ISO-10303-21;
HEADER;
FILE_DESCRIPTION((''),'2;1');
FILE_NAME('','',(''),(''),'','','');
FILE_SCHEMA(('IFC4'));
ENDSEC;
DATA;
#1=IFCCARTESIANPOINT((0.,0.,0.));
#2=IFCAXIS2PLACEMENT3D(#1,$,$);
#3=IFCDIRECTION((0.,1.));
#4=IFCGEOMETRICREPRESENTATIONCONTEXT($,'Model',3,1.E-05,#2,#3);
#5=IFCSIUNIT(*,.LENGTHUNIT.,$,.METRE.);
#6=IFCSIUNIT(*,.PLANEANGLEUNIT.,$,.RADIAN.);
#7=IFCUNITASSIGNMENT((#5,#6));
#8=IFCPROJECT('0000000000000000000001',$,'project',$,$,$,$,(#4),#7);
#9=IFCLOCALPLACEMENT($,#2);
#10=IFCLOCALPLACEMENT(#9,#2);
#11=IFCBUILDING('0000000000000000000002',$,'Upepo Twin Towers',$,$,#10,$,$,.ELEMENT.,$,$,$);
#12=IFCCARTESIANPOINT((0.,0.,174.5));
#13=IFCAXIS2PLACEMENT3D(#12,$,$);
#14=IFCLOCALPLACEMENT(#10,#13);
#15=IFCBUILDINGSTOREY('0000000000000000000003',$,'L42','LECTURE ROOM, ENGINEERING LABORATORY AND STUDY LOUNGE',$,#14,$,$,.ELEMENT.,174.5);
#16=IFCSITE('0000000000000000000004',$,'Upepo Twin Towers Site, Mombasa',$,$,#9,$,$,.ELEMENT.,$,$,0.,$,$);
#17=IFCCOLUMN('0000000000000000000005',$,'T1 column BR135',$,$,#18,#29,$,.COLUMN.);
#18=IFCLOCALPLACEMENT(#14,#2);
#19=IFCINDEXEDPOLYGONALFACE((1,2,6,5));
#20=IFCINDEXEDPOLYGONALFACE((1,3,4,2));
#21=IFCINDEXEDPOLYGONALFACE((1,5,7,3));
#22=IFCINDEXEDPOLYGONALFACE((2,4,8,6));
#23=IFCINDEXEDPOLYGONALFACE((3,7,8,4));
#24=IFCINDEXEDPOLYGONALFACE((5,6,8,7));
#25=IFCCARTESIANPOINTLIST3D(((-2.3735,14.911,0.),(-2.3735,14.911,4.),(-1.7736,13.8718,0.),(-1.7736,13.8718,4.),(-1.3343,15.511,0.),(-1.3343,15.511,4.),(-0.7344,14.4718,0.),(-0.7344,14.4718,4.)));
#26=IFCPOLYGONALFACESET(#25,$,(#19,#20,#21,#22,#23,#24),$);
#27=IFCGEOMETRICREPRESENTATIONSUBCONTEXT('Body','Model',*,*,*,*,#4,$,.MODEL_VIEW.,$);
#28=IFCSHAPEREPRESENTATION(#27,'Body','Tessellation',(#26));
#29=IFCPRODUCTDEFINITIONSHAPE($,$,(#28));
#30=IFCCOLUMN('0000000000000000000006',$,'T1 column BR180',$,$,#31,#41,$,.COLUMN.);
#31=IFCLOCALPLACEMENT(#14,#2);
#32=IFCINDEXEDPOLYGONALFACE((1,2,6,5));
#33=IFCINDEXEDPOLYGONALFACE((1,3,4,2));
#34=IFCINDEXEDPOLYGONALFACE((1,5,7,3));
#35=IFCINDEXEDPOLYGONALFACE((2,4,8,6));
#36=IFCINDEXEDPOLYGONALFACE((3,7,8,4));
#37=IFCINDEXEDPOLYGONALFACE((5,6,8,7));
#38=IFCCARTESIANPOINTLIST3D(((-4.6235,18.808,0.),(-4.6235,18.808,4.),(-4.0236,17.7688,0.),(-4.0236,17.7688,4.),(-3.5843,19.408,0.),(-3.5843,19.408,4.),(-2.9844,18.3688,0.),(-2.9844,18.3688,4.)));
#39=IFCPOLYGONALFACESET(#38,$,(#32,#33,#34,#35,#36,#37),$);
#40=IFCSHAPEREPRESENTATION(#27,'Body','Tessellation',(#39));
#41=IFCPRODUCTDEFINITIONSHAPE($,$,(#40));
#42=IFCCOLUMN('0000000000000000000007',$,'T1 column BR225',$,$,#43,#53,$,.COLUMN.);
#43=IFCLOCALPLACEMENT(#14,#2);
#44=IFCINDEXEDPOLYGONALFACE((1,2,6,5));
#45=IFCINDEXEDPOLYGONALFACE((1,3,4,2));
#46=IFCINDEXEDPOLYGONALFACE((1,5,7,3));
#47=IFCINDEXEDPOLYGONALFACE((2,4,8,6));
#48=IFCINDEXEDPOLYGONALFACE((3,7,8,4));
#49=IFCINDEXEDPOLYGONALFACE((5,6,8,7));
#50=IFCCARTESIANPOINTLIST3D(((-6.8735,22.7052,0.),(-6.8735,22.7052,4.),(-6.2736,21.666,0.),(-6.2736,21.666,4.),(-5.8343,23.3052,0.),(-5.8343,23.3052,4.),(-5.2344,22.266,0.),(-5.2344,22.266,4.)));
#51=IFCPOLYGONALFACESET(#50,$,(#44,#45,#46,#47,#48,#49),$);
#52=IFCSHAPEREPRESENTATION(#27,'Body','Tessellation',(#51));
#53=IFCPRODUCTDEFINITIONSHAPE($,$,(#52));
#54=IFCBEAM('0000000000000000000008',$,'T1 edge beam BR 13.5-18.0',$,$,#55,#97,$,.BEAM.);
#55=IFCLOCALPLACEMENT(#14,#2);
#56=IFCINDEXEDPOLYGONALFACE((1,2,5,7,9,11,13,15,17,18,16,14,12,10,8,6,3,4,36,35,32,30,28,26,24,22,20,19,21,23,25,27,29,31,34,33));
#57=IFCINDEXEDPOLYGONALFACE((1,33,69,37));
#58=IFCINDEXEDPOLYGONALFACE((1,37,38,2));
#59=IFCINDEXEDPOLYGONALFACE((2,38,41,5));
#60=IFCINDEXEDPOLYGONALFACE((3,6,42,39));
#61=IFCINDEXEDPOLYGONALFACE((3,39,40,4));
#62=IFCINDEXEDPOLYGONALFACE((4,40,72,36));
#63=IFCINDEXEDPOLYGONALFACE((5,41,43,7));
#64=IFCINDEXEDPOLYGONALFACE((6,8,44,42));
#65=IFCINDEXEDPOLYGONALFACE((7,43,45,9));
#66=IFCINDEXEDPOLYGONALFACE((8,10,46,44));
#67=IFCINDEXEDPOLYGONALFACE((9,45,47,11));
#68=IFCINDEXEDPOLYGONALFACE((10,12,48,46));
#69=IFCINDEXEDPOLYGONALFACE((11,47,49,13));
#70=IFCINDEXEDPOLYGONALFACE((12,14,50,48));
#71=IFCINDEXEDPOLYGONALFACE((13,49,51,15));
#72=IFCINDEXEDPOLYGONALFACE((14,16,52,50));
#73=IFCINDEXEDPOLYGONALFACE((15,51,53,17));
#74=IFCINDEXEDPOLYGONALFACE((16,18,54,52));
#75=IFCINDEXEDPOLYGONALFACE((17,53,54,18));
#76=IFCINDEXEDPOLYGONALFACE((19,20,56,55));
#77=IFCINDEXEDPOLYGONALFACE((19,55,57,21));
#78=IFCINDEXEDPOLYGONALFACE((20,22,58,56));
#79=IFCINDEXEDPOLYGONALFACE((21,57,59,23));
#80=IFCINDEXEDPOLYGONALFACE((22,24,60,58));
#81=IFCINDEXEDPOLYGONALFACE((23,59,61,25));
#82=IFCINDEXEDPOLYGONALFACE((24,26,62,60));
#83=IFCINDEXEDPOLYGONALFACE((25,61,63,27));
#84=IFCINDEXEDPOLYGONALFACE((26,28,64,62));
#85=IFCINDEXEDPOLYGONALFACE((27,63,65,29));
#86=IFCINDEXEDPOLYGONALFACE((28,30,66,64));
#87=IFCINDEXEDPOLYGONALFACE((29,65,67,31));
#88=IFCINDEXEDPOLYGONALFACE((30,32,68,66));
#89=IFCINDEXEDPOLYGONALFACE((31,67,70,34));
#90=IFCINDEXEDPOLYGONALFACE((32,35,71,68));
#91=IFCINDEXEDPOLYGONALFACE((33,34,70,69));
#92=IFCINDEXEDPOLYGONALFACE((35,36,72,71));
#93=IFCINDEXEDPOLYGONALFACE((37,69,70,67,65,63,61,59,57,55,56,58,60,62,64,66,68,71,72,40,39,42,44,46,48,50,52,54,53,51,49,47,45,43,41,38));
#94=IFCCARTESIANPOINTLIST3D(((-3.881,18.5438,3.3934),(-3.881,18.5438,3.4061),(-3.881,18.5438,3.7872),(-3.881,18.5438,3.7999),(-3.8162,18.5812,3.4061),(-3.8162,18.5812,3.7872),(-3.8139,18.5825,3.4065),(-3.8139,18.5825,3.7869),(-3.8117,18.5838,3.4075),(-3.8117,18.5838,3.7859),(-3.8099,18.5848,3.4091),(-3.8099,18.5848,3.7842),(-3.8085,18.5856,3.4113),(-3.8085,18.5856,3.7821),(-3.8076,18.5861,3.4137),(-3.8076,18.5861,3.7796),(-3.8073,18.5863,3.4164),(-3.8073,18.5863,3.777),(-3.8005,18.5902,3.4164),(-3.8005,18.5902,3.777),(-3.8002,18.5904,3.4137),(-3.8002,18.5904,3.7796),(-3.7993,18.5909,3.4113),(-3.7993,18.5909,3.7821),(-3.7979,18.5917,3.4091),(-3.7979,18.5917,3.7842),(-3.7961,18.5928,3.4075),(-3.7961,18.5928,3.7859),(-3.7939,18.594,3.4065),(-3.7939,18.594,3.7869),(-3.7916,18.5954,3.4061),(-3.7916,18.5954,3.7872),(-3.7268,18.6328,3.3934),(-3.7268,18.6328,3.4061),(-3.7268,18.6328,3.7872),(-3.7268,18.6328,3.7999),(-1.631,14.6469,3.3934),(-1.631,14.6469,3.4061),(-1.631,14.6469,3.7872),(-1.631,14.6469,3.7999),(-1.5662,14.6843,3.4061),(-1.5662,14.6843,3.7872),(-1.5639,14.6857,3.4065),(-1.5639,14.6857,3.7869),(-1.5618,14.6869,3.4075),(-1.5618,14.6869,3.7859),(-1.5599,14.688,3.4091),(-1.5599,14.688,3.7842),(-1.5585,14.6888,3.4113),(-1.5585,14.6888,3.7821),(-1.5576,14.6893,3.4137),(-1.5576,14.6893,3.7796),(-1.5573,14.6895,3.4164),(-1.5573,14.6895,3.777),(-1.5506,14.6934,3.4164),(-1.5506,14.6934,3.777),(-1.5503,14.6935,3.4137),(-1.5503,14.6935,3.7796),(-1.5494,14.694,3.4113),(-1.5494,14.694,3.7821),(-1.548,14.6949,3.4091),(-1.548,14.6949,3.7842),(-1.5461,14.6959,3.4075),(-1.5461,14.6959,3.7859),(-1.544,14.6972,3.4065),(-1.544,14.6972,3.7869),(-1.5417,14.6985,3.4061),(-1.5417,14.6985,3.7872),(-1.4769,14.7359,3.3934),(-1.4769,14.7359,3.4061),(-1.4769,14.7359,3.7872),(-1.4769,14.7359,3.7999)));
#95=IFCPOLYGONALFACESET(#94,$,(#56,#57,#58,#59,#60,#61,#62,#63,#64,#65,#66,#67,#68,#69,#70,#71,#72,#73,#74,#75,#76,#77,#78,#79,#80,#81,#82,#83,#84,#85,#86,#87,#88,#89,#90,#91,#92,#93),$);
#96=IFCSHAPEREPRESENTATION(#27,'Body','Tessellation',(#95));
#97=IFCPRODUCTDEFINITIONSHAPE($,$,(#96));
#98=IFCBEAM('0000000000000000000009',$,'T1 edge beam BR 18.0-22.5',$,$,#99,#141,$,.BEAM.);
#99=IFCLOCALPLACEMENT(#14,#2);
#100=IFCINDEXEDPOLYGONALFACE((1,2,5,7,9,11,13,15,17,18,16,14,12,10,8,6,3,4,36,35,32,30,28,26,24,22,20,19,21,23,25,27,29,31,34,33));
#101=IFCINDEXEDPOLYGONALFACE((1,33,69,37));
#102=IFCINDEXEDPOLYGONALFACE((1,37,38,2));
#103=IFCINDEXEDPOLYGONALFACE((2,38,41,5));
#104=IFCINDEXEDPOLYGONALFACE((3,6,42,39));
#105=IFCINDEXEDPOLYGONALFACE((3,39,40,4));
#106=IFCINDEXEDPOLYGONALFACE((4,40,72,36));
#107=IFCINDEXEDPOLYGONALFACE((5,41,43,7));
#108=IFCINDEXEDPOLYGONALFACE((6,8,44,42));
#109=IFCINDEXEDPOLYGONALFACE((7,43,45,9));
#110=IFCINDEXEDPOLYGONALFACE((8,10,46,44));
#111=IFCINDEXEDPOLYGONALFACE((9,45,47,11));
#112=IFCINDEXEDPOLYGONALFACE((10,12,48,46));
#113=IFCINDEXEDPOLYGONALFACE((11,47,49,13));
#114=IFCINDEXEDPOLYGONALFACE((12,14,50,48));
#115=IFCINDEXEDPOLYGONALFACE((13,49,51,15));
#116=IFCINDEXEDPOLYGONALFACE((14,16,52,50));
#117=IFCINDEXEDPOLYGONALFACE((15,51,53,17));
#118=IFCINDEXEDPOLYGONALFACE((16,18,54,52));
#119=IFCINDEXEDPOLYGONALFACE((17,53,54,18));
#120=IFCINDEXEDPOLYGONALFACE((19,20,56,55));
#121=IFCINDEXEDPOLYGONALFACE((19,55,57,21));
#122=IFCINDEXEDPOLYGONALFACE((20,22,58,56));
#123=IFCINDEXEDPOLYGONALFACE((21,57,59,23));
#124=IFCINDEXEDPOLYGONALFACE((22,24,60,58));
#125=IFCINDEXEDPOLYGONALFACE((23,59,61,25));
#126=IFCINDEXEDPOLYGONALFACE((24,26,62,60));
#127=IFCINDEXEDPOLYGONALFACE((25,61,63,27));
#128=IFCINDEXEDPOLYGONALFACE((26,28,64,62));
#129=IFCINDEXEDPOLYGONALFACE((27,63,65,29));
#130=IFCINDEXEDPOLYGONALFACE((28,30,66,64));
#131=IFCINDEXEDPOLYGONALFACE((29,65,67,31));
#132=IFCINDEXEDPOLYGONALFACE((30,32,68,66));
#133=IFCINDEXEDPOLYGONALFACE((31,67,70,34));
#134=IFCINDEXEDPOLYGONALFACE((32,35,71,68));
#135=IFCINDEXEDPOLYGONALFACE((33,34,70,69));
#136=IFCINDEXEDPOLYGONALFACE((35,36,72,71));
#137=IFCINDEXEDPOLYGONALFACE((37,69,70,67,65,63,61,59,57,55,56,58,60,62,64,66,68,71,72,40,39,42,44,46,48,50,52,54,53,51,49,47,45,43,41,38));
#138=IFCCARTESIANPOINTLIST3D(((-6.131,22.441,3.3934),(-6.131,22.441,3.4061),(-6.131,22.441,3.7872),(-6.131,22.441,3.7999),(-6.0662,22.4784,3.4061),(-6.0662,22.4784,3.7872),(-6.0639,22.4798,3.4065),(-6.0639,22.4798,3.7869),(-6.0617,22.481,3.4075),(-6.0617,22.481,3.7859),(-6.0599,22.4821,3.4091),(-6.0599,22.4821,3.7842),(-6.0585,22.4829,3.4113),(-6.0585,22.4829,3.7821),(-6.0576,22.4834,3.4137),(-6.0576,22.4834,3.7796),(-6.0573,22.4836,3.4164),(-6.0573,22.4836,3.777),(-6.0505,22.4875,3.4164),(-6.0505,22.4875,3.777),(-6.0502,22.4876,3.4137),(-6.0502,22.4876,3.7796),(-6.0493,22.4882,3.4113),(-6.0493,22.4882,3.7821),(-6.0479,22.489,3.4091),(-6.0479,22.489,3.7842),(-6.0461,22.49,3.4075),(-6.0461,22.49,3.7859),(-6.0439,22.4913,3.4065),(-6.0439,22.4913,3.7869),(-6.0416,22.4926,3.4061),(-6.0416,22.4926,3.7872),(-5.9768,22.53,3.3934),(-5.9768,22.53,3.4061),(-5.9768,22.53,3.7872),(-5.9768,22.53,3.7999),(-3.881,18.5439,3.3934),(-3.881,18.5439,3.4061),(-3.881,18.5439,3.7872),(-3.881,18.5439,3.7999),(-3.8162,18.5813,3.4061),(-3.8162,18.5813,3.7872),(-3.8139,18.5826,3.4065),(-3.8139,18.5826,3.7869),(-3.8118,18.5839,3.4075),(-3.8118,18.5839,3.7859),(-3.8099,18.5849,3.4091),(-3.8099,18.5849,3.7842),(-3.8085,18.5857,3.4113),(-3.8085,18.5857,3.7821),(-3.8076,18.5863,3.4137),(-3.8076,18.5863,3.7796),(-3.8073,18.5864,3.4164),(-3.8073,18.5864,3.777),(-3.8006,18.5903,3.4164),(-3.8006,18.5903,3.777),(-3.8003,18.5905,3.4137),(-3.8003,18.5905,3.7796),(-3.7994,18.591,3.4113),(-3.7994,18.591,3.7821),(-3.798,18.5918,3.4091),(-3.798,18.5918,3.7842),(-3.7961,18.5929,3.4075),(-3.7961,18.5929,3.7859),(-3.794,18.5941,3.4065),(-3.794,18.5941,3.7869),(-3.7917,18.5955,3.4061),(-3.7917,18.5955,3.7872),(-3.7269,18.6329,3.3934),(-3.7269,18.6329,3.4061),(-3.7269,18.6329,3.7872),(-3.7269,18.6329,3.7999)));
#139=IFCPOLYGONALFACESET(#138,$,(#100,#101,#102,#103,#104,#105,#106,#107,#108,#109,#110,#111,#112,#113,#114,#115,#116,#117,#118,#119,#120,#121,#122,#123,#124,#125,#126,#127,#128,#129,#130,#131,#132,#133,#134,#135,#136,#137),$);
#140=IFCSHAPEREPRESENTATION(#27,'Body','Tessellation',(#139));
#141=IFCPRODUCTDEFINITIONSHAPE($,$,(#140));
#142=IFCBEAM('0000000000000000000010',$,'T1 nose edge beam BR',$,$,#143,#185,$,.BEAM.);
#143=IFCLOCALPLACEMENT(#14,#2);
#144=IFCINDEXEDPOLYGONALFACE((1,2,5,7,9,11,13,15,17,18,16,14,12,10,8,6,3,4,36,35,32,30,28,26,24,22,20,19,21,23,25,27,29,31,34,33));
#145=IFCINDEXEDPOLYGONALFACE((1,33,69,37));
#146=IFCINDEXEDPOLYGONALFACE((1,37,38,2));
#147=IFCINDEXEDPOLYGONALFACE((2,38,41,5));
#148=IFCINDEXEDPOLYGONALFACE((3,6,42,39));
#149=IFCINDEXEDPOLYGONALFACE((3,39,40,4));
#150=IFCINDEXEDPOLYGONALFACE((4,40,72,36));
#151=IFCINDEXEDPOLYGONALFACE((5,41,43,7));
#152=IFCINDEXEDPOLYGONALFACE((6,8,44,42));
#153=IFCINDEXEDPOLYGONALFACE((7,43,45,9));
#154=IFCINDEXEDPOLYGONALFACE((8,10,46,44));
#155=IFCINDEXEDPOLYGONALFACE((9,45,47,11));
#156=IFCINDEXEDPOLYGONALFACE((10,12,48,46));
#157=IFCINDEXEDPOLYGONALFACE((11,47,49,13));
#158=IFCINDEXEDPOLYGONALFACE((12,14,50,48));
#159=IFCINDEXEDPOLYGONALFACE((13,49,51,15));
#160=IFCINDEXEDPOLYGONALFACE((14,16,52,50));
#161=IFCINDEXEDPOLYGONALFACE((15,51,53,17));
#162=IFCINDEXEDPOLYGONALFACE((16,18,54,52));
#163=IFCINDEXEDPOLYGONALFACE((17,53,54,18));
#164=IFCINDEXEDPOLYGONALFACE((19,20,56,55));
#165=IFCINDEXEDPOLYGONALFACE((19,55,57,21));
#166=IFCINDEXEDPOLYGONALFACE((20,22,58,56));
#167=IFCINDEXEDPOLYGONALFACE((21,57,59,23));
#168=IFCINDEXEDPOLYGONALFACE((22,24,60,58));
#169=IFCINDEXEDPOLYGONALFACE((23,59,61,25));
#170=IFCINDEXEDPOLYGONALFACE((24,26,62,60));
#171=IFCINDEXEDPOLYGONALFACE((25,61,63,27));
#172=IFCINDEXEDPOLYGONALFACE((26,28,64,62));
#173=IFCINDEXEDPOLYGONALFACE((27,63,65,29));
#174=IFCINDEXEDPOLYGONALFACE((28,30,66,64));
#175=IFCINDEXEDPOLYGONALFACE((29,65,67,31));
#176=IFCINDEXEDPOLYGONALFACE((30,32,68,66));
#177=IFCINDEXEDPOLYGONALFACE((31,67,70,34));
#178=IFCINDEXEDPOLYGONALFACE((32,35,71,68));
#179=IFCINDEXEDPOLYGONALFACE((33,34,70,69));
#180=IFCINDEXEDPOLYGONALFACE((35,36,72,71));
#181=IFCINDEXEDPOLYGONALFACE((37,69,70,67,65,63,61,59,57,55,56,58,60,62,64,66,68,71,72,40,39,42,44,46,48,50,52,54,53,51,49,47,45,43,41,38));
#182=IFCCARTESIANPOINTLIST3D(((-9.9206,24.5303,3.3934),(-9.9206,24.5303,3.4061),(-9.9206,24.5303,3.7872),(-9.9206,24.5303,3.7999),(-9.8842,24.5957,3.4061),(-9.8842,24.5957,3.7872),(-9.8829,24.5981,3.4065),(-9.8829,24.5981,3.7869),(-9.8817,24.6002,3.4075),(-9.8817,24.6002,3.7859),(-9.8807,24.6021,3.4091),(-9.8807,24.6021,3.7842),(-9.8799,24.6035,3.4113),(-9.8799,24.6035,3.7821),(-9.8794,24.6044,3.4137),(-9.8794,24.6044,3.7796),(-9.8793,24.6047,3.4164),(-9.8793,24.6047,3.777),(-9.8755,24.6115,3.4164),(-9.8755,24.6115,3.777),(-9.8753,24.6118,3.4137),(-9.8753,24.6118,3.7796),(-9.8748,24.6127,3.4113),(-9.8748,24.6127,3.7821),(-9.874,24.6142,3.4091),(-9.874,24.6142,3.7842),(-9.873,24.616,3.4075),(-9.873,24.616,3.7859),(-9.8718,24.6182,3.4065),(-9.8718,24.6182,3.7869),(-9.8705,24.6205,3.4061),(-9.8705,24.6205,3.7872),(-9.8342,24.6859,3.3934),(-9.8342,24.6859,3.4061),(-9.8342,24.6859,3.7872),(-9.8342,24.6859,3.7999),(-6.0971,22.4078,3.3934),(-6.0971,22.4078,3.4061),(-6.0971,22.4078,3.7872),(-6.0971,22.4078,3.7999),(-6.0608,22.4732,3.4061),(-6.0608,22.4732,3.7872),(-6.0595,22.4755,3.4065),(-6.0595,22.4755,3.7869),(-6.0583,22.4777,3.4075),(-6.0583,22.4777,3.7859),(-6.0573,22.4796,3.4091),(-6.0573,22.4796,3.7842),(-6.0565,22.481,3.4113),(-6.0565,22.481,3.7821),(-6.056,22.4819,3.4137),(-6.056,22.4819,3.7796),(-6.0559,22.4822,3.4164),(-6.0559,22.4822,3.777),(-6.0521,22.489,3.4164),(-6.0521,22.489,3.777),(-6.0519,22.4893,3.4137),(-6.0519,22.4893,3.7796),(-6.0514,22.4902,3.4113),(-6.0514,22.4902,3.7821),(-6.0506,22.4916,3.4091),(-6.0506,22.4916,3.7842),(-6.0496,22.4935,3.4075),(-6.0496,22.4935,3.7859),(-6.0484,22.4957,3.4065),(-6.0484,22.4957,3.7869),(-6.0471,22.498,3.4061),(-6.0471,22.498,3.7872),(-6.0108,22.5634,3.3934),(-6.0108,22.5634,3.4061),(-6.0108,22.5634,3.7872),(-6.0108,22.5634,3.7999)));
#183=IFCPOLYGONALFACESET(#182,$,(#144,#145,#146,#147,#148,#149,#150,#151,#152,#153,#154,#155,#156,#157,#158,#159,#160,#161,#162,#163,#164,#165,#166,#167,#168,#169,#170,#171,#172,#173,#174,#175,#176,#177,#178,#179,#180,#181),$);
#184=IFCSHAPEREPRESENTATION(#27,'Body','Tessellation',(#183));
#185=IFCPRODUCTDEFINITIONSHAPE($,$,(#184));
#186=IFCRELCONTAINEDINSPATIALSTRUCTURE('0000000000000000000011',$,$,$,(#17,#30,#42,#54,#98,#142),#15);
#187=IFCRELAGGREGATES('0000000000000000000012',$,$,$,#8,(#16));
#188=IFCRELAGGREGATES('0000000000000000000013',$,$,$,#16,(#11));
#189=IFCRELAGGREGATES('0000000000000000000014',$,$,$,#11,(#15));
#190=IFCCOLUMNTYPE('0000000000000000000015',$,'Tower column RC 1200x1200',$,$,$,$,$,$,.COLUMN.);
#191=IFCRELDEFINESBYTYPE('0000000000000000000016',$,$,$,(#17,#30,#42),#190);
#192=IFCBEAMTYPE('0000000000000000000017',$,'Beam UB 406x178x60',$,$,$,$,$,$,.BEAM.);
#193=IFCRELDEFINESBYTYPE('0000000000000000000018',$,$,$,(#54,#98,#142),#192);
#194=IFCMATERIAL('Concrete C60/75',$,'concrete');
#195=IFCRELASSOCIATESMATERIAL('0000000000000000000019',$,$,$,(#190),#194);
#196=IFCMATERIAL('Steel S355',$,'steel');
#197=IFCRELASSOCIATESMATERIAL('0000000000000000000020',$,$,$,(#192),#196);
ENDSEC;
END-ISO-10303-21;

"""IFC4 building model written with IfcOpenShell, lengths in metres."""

from ifc_helpers import new_model, si_unit, direction, frame, origin, origin_2d, place, context, subcontext, project, spatial, rectangle, i_section, extrude, material, material_profile, profile_set, type_object, element, save


model = new_model("IFC4")

# Units and contexts
model_context = context("Model", 3, precision=1e-05, world=origin(), true_north=direction((0.0, 1.0)))
body_context = subcontext(model_context, "Body", "Model", "MODEL_VIEW")
ifc_project = project(units=[si_unit("LENGTHUNIT", "METRE"), si_unit("PLANEANGLEUNIT", "RADIAN")], contexts=[model_context])

# Site, building, storey
site_placement = place(None, origin())
site = spatial("IfcSite", under=ifc_project, at=site_placement, Name="Upepo Twin Towers Site, Mombasa", CompositionType="ELEMENT", RefElevation=0.0)
building_placement = place(site_placement, origin())
building = spatial("IfcBuilding", under=site, at=building_placement, Name="Upepo Twin Towers", CompositionType="ELEMENT")
storey_placement = place(building_placement, frame((0.0, 0.0, 174.5)))
storey = spatial("IfcBuildingStorey", under=building, at=storey_placement, Name="L42", Description="LECTURE ROOM, ENGINEERING LABORATORY AND STUDY LOUNGE", CompositionType="ELEMENT", Elevation=174.5)

# Columns
ifc_material_1 = material(Name="Concrete C60/75", Category="concrete")
ifc_material_profile_1 = material_profile(ifc_material_1, rectangle(XDim=1.2, YDim=1.2, at=origin_2d()), Name="RC 1200x1200")
ifc_profile_set_1 = profile_set([ifc_material_profile_1], Name="Concrete C60/75")
column_type = type_object("IfcColumnType", Name="Tower column RC 1200x1200", PredefinedType="COLUMN", material=ifc_profile_set_1)
for number, where, z_axis, x_axis, name in (
    (1, (-1.554, 14.6914, 0.0), (0.0, 0.0, 1.0), (0.866025, 0.5, 0.0), "T1 column BR135"),
    (2, (-3.804, 18.5884, 0.0), (0.0, 0.0, 1.0), (0.866025, 0.5, 0.0), "T1 column BR180"),
    (3, (-6.054, 22.4856, 0.0), (0.0, 0.0, 1.0), (0.866025, 0.5, 0.0), "T1 column BR225"),
):
    element("IfcColumn", number, at=place(storey_placement, frame(where, z_axis=z_axis, x_axis=x_axis)), inside=storey, type_object=column_type, Name=name, PredefinedType="COLUMN", context=body_context, shape_type="SweptSolid", body=[
        extrude(rectangle(XDim=1.2, YDim=1.2, at=origin_2d()), origin(), (0.0, 0.0, 1.0), 4.0),
    ])

# Beams
ifc_material_2 = material(Name="Steel S355", Category="steel")
ifc_material_profile_2 = material_profile(ifc_material_2, i_section(OverallWidth=0.178, OverallDepth=0.4065, WebThickness=0.0078, FlangeThickness=0.0127, FilletRadius=0.0103, at=origin_2d()), Name="UB 406x178x60")
ifc_profile_set_2 = profile_set([ifc_material_profile_2], Name="Steel S355")
beam_type_1 = type_object("IfcBeamType", Name="Beam UB 406x178x60", PredefinedType="BEAM", material=ifc_profile_set_2)
beam_1_placement = place(storey_placement, frame((-1.554, 14.6914, 3.5967), z_axis=(-0.500014, 0.866018, 0.0), x_axis=(-0.866018, -0.500014, 0.0)))
element("IfcBeam", 4, at=beam_1_placement, inside=storey, type_object=beam_type_1, Name="T1 edge beam BR 13.5-18.0", PredefinedType="BEAM", context=body_context, shape_type="SweptSolid", body=[
    extrude(i_section(OverallWidth=0.178, OverallDepth=0.4065, WebThickness=0.0078, FlangeThickness=0.0127, FilletRadius=0.0103, at=origin_2d()), origin(), (0.0, 0.0, 1.0), 4.4998),
])
beam_2_placement = place(storey_placement, frame((-3.804, 18.5884, 3.5967), z_axis=(-0.49999, 0.866031, 0.0), x_axis=(-0.866031, -0.49999, 0.0)))
element("IfcBeam", 5, at=beam_2_placement, inside=storey, type_object=beam_type_1, Name="T1 edge beam BR 18.0-22.5", PredefinedType="BEAM", context=body_context, shape_type="SweptSolid", body=[
    extrude(i_section(OverallWidth=0.178, OverallDepth=0.4065, WebThickness=0.0078, FlangeThickness=0.0127, FilletRadius=0.0103, at=origin_2d()), origin(), (0.0, 0.0, 1.0), 4.5),
])
beam_3_placement = place(storey_placement, frame((-6.054, 22.4856, 3.5967), z_axis=(-0.874313, 0.485363, 0.0), x_axis=(-0.485363, -0.874313, 0.0)))
element("IfcBeam", 6, at=beam_3_placement, inside=storey, type_object=beam_type_1, Name="T1 nose edge beam BR", PredefinedType="BEAM", context=body_context, shape_type="SweptSolid", body=[
    extrude(i_section(OverallWidth=0.178, OverallDepth=0.4065, WebThickness=0.0078, FlangeThickness=0.0127, FilletRadius=0.0103, at=origin_2d()), origin(), (0.0, 0.0, 1.0), 4.373),
])

save(model, "model.ifc")
